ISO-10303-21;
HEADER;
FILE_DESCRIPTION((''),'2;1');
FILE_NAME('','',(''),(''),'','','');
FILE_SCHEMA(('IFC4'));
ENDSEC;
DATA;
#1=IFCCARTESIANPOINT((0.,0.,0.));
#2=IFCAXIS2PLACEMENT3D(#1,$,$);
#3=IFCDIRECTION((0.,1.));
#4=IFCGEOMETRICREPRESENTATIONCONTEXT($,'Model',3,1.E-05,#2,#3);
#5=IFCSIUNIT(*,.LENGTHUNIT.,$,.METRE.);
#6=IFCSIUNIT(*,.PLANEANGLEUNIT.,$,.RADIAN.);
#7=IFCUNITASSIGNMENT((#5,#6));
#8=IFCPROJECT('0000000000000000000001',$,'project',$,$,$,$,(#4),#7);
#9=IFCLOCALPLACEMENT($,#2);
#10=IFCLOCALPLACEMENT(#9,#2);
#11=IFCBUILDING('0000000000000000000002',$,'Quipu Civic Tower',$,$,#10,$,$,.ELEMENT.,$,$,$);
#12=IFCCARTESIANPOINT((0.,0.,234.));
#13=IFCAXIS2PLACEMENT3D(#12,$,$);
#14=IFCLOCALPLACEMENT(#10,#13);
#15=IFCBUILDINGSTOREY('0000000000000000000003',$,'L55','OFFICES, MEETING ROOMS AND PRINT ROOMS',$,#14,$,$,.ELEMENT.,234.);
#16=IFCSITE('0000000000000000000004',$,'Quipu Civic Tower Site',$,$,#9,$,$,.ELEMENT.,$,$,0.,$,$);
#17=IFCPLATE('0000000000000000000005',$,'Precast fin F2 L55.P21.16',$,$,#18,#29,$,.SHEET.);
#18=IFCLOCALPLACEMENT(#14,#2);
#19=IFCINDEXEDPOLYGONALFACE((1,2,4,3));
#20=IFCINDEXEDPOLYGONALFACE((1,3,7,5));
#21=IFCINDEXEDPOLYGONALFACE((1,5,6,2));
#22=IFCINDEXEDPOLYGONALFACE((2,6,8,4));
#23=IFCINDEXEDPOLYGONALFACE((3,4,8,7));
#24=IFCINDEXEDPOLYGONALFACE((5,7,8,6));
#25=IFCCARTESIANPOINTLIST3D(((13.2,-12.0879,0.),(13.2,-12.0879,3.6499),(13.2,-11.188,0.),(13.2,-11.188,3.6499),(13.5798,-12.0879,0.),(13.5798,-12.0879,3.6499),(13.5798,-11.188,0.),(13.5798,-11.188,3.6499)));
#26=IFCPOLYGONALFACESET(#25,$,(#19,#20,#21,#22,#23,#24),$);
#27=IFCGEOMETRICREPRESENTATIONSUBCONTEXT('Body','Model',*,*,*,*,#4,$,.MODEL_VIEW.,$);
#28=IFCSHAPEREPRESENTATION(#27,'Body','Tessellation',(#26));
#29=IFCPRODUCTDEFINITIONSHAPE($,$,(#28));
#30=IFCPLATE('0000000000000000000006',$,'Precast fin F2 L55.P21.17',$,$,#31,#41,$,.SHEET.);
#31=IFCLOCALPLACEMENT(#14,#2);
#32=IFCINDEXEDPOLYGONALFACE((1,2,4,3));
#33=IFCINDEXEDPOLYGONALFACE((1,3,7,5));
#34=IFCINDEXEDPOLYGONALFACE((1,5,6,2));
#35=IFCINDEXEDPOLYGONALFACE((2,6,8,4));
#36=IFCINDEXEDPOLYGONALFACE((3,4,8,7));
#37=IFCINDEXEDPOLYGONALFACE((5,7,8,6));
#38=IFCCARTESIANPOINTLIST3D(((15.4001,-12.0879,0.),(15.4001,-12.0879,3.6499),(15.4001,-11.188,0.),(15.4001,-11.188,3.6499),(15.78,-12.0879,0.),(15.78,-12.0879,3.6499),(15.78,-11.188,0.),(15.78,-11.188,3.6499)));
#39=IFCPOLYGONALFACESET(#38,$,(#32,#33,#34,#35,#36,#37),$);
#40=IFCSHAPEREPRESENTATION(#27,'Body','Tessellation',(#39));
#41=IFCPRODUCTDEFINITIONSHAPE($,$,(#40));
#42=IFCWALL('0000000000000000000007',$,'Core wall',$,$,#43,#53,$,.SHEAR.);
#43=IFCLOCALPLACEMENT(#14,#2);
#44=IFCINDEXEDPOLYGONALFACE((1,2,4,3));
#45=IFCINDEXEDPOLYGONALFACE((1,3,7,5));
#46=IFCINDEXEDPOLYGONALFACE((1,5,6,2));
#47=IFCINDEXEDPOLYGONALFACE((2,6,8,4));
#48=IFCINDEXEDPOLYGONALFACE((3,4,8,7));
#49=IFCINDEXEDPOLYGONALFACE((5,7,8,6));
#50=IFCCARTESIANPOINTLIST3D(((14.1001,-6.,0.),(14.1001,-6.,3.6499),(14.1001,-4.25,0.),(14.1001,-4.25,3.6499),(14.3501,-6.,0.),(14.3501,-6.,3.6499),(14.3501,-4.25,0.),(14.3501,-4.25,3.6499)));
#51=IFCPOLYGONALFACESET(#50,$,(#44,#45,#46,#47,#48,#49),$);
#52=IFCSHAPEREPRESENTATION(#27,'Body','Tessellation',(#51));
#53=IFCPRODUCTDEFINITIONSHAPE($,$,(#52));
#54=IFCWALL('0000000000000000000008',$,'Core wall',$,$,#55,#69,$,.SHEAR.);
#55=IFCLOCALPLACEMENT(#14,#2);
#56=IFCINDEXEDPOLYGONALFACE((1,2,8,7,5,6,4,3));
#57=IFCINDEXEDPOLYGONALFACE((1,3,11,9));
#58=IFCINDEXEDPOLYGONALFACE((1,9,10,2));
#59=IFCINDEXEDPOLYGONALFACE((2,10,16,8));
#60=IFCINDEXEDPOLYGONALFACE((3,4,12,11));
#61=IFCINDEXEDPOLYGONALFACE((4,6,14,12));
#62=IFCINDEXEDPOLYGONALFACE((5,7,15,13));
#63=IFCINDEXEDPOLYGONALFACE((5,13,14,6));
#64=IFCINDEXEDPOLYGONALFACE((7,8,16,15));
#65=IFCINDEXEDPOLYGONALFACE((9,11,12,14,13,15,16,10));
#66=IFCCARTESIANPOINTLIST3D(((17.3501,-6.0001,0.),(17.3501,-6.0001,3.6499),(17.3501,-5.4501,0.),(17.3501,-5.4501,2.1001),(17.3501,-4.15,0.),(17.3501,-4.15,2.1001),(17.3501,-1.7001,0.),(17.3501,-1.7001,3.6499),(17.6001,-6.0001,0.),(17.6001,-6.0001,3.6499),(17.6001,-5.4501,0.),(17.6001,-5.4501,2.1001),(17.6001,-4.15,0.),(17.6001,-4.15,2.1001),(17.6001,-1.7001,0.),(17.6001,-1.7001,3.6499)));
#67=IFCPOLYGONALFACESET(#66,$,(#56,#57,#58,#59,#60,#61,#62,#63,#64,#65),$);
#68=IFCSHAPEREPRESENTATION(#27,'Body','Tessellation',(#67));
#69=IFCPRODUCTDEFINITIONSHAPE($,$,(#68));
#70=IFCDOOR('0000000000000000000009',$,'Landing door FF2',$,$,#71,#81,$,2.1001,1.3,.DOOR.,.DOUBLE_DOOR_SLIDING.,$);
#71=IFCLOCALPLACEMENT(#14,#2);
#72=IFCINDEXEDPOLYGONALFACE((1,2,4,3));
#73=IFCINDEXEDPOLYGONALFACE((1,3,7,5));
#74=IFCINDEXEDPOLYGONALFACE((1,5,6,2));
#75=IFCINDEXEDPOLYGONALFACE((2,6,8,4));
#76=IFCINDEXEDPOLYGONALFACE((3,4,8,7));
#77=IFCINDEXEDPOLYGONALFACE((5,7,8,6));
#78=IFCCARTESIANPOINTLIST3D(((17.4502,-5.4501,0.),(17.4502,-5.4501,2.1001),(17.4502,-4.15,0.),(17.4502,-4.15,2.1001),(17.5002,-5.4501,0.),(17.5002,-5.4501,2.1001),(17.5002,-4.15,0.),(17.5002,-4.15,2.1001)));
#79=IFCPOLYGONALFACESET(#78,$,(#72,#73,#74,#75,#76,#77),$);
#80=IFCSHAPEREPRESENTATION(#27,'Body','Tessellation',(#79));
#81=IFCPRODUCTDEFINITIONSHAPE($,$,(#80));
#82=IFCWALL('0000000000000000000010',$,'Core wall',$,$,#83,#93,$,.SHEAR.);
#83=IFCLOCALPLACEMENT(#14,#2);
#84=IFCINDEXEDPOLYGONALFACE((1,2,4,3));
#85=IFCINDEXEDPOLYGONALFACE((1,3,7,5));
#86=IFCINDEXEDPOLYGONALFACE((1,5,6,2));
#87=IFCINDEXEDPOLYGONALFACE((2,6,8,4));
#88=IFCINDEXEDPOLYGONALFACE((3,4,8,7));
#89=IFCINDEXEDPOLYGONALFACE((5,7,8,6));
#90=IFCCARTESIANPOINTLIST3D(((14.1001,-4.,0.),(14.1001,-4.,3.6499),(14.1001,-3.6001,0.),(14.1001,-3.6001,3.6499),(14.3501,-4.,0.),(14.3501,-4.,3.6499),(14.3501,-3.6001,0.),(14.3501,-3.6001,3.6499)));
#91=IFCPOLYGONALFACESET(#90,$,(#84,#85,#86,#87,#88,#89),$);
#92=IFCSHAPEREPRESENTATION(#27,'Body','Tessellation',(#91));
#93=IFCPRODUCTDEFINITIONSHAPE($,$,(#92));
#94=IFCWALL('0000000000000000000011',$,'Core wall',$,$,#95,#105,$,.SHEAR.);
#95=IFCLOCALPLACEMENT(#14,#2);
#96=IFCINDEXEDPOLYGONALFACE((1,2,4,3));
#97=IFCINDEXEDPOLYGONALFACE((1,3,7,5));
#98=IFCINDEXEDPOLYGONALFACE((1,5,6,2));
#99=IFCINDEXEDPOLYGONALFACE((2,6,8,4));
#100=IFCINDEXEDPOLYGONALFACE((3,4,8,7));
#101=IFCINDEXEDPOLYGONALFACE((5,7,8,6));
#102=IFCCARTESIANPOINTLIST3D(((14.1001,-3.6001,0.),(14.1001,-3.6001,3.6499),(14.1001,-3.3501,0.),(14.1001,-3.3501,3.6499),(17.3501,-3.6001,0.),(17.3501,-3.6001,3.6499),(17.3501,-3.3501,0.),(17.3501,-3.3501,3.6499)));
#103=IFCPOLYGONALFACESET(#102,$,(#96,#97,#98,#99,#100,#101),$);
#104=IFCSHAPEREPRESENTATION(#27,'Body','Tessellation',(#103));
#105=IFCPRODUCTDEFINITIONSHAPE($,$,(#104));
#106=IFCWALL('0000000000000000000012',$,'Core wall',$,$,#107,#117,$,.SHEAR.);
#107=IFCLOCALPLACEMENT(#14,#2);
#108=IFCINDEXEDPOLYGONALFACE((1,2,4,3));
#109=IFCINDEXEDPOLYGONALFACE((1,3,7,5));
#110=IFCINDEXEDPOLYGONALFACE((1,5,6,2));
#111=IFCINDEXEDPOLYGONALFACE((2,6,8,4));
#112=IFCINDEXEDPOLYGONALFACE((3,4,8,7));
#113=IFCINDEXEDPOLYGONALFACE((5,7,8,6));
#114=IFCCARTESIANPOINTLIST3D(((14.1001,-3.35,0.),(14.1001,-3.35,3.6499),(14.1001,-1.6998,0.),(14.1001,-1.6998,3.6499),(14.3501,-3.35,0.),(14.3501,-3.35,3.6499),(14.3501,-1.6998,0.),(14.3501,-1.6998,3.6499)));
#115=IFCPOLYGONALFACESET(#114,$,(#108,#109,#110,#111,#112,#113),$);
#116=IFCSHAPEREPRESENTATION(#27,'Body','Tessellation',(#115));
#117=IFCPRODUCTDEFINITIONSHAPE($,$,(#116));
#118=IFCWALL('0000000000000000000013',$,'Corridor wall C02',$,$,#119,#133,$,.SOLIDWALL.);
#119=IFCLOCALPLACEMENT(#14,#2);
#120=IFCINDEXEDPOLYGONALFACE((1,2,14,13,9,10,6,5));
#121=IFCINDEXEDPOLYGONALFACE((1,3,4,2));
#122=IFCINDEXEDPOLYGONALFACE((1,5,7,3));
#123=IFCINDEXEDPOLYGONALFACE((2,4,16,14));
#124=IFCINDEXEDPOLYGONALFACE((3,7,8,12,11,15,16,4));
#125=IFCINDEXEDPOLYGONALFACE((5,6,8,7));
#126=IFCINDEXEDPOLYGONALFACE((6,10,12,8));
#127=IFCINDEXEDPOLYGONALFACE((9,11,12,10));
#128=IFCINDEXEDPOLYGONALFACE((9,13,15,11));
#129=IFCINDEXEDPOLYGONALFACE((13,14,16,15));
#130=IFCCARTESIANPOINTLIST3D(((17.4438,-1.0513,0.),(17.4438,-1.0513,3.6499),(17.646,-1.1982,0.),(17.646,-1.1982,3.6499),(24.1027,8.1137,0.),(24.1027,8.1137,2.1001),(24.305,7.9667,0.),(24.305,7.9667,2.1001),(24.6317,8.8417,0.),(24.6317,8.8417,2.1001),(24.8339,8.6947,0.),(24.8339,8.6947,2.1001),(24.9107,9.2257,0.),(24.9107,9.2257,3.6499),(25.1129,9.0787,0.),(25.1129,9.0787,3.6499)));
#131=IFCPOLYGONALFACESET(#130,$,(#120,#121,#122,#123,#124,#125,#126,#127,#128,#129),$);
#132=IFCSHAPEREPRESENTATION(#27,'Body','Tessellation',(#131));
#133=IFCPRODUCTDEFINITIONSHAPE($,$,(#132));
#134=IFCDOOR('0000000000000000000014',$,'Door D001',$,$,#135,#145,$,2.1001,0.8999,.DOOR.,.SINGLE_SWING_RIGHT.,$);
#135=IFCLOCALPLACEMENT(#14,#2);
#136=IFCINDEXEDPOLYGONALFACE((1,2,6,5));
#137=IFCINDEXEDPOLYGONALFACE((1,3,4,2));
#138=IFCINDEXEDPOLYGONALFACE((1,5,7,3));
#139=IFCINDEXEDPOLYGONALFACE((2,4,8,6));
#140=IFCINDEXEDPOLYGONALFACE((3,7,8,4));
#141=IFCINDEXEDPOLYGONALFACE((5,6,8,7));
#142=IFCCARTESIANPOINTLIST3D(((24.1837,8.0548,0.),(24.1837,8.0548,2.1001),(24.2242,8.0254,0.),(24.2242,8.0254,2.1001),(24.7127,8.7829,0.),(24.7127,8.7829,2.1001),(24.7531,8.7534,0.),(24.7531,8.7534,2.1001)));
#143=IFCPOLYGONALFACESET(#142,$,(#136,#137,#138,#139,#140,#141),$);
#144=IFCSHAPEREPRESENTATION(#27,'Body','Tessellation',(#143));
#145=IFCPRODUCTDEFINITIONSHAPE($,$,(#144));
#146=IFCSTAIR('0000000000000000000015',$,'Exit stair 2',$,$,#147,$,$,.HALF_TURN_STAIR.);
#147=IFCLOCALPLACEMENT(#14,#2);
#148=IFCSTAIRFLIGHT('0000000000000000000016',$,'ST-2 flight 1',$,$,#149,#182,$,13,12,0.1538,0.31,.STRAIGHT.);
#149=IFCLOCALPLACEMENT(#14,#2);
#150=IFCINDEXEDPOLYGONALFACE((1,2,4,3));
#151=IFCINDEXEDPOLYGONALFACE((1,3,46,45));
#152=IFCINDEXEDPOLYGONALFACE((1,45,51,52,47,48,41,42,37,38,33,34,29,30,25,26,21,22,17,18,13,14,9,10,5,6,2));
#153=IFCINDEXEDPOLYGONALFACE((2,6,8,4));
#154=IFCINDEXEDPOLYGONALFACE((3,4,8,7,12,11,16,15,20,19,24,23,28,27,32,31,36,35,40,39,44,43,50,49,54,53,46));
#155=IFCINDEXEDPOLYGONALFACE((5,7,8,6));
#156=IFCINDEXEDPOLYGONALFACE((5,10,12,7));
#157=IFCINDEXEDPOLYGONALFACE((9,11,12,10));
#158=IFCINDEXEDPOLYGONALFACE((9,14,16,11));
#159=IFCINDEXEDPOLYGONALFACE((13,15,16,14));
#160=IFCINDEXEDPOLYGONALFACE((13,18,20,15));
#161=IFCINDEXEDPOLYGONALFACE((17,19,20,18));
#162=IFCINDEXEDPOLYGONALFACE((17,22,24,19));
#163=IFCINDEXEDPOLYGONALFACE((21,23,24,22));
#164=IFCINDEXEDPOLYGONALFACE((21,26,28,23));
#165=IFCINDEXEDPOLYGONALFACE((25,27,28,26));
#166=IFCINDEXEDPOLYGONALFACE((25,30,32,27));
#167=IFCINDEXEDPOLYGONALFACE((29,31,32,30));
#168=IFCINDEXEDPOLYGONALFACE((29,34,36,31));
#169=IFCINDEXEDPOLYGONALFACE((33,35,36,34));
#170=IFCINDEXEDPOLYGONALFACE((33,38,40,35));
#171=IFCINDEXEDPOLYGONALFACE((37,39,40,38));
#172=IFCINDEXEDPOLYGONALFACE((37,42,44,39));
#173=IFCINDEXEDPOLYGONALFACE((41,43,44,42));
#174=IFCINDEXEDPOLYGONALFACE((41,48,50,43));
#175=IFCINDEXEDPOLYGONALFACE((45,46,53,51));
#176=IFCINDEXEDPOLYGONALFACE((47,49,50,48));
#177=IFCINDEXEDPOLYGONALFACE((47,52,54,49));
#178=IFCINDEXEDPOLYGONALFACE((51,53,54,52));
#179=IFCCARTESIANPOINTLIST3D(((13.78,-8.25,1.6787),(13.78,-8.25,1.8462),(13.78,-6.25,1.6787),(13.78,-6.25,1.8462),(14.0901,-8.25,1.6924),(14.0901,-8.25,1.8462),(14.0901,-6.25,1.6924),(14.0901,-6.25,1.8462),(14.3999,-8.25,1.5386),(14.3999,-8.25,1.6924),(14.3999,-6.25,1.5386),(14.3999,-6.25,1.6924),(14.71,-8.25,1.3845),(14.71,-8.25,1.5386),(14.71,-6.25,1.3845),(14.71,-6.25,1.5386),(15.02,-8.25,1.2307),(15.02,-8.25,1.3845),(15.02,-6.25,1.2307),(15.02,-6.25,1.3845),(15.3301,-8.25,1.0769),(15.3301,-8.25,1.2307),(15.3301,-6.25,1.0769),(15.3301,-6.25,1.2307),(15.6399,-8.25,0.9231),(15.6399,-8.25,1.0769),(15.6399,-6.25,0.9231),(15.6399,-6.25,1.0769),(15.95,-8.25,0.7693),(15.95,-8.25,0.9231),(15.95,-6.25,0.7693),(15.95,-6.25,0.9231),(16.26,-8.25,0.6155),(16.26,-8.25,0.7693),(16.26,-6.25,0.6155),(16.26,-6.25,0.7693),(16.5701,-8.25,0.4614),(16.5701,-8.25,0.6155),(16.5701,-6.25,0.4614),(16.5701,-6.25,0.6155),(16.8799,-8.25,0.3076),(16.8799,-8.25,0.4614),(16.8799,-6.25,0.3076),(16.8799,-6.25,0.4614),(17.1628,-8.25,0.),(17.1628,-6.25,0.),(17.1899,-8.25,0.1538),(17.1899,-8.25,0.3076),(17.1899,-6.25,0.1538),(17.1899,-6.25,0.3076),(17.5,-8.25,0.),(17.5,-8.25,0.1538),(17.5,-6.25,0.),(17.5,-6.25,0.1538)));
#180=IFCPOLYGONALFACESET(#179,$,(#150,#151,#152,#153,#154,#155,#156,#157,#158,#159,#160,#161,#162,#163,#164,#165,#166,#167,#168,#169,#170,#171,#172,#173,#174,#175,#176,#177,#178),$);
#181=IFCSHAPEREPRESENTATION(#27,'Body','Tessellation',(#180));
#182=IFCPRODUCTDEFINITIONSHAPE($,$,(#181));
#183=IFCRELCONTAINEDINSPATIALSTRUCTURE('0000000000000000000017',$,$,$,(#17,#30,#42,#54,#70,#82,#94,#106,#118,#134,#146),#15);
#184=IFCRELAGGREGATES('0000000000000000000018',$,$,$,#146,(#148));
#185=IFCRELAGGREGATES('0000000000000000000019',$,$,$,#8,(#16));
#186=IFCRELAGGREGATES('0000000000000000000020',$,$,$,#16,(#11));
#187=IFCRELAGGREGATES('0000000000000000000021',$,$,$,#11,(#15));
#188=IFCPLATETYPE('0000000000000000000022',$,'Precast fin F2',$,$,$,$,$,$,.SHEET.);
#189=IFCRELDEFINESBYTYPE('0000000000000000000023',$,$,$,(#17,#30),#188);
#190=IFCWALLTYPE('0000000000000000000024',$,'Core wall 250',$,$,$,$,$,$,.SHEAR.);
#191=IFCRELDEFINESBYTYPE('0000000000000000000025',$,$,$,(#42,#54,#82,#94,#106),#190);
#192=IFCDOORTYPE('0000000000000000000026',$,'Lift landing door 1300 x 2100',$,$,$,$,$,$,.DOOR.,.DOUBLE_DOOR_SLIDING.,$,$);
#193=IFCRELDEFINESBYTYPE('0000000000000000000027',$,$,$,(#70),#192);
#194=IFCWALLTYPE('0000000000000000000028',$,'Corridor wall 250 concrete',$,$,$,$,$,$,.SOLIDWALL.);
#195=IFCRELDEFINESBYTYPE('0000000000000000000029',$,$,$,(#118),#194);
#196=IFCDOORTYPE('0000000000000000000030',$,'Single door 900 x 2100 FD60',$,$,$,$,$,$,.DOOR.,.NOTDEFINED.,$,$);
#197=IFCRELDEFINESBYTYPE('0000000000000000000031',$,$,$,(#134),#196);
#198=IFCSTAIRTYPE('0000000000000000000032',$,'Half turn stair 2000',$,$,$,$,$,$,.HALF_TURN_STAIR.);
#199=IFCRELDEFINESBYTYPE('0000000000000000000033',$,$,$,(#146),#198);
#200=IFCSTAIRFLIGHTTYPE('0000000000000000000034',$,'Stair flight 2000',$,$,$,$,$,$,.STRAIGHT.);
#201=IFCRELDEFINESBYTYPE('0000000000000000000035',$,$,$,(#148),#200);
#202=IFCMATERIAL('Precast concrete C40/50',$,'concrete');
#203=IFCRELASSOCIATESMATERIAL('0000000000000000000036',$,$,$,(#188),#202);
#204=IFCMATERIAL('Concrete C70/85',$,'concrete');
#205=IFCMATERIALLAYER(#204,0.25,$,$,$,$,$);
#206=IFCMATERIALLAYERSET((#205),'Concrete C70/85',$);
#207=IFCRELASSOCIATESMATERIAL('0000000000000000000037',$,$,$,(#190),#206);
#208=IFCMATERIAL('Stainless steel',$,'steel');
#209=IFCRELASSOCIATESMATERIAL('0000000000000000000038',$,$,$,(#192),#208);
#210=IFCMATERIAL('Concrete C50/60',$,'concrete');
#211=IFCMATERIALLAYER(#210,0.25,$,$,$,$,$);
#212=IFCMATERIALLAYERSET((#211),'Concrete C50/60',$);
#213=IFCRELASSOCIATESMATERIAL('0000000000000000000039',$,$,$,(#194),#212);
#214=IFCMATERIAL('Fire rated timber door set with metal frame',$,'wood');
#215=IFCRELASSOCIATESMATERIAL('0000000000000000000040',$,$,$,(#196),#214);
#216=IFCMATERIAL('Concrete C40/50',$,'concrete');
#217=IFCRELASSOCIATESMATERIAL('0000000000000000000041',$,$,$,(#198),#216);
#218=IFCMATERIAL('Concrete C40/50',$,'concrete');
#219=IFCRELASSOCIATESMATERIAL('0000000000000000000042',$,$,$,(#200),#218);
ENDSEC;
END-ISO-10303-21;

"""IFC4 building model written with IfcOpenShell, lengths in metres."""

from ifc_helpers import new_model, si_unit, direction, frame, frame_2d, origin, origin_2d, place, context, subcontext, project, spatial, polyline, rectangle, outline, extrude, material, layer, layer_set, type_object, element, fill, aggregate, save


model = new_model("IFC4")

# Units and contexts
model_context = context("Model", 3, precision=1e-05, world=origin(), true_north=direction((0.0, 1.0)))
body_context = subcontext(model_context, "Body", "Model", "MODEL_VIEW")
ifc_project = project(units=[si_unit("LENGTHUNIT", "METRE"), si_unit("PLANEANGLEUNIT", "RADIAN")], contexts=[model_context])

# Site, building, storey
site_placement = place(None, origin())
site = spatial("IfcSite", under=ifc_project, at=site_placement, Name="Quipu Civic Tower Site", CompositionType="ELEMENT", RefElevation=0.0)
building_placement = place(site_placement, origin())
building = spatial("IfcBuilding", under=site, at=building_placement, Name="Quipu Civic Tower", CompositionType="ELEMENT")
storey_placement = place(building_placement, frame((0.0, 0.0, 234.0)))
storey = spatial("IfcBuildingStorey", under=building, at=storey_placement, Name="L55", Description="OFFICES, MEETING ROOMS AND PRINT ROOMS", CompositionType="ELEMENT", Elevation=234.0)

# Plates
ifc_material_1 = material(Name="Precast concrete C40/50", Category="concrete")
plate_type = type_object("IfcPlateType", Name="Precast fin F2", PredefinedType="SHEET", material=ifc_material_1)
for number, where, z_axis, x_axis, name in (
    (1, (13.3899, -11.6379, 0.0), (0.0, 0.0, 1.0), (1.0, 0.0, 0.0), "Precast fin F2 L55.P21.16"),
    (2, (15.5901, -11.6379, 0.0), (0.0, 0.0, 1.0), (1.0, 0.0, 0.0), "Precast fin F2 L55.P21.17"),
):
    element("IfcPlate", number, at=place(storey_placement, frame(where, z_axis=z_axis, x_axis=x_axis)), inside=storey, type_object=plate_type, Name=name, PredefinedType="SHEET", context=body_context, shape_type="SweptSolid", body=[
        extrude(rectangle(XDim=0.3799, YDim=0.8999, at=origin_2d()), origin(), (0.0, 0.0, 1.0), 3.6499),
    ])

# Wall
ifc_material_2 = material(Name="Concrete C70/85", Category="concrete")
ifc_layer_1 = layer(ifc_material_2, 0.25)
ifc_layer_set_1 = layer_set([ifc_layer_1], Name="Concrete C70/85")
wall_type_1 = type_object("IfcWallType", Name="Core wall 250", PredefinedType="SHEAR", material=ifc_layer_set_1)
wall_1_placement = place(storey_placement, frame((14.2251, -6.0, 0.0), z_axis=(0.0, 0.0, 1.0), x_axis=(0.0, 1.0, 0.0)))
element("IfcWall", 3, at=wall_1_placement, inside=storey, type_object=wall_type_1, Name="Core wall", PredefinedType="SHEAR", context=body_context, shape_type="SweptSolid", body=[
    extrude(rectangle(XDim=1.75, YDim=0.25, at=frame_2d((0.875, 0.0))), origin(), (0.0, 0.0, 1.0), 3.6499),
])

# Wall, opening, door
wall_2_placement = place(storey_placement, frame((17.4751, -6.0, 0.0), z_axis=(0.0, 0.0, 1.0), x_axis=(0.0, 1.0, 0.0)))
wall_2 = element("IfcWall", 4, at=wall_2_placement, inside=storey, type_object=wall_type_1, Name="Core wall", PredefinedType="SHEAR", context=body_context, shape_type="SweptSolid", body=[
    extrude(rectangle(XDim=4.3, YDim=0.25, at=frame_2d((2.1499, 0.0))), origin(), (0.0, 0.0, 1.0), 3.6499),
])
opening_1_placement = place(wall_2_placement, frame((0.55, 0.0, 0.0)))
opening_1 = element("IfcOpeningElement", 5, at=opening_1_placement, cuts=wall_2, PredefinedType="OPENING", context=body_context, shape_type="SweptSolid", body=[
    extrude(rectangle(XDim=1.3, YDim=2.1001, at=frame_2d((0.6499, 1.05))), frame((0.0, 0.135, 0.0), z_axis=(0.0, -1.0, 0.0), x_axis=(1.0, 0.0, 0.0)), (0.0, 0.0, 1.0), 0.27),
])
ifc_material_3 = material(Name="Stainless steel", Category="steel")
door_type_1 = type_object("IfcDoorType", Name="Lift landing door 1300 x 2100", OperationType="DOUBLE_DOOR_SLIDING", PredefinedType="DOOR", material=ifc_material_3)
door_1_placement = place(opening_1_placement, origin())
door_1 = element("IfcDoor", 6, at=door_1_placement, inside=storey, type_object=door_type_1, Name="Landing door FF2", OperationType="DOUBLE_DOOR_SLIDING", OverallHeight=2.1001, OverallWidth=1.3, PredefinedType="DOOR", context=body_context, shape_type="SweptSolid", body=[
    extrude(rectangle(XDim=1.3, YDim=2.1001, at=frame_2d((0.6499, 1.05))), frame((0.0, 0.0249, 0.0), z_axis=(0.0, -1.0, 0.0), x_axis=(1.0, 0.0, 0.0)), (0.0, 0.0, 1.0), 0.05),
])
fill(opening_1, door_1)

# Walls
wall_3_placement = place(storey_placement, frame((14.2251, -4.0, 0.0), z_axis=(0.0, 0.0, 1.0), x_axis=(0.0, 1.0, 0.0)))
element("IfcWall", 7, at=wall_3_placement, inside=storey, type_object=wall_type_1, Name="Core wall", PredefinedType="SHEAR", context=body_context, shape_type="SweptSolid", body=[
    extrude(rectangle(XDim=0.3999, YDim=0.25, at=frame_2d((0.2, 0.0))), origin(), (0.0, 0.0, 1.0), 3.6499),
])
wall_4_placement = place(storey_placement, frame((14.1001, -3.4751, 0.0), z_axis=(0.0, 0.0, 1.0), x_axis=(1.0, 0.0, 0.0)))
element("IfcWall", 8, at=wall_4_placement, inside=storey, type_object=wall_type_1, Name="Core wall", PredefinedType="SHEAR", context=body_context, shape_type="SweptSolid", body=[
    extrude(rectangle(XDim=3.25, YDim=0.25, at=frame_2d((1.625, 0.0))), origin(), (0.0, 0.0, 1.0), 3.6499),
])
wall_5_placement = place(storey_placement, frame((14.2251, -3.3501, 0.0), z_axis=(0.0, 0.0, 1.0), x_axis=(0.0, 1.0, 0.0)))
element("IfcWall", 9, at=wall_5_placement, inside=storey, type_object=wall_type_1, Name="Core wall", PredefinedType="SHEAR", context=body_context, shape_type="SweptSolid", body=[
    extrude(rectangle(XDim=1.6501, YDim=0.25, at=frame_2d((0.8252, 0.0))), origin(), (0.0, 0.0, 1.0), 3.6499),
])

# Wall, opening, door
ifc_material_4 = material(Name="Concrete C50/60", Category="concrete")
ifc_layer_2 = layer(ifc_material_4, 0.25)
ifc_layer_set_2 = layer_set([ifc_layer_2], Name="Concrete C50/60")
wall_type_2 = type_object("IfcWallType", Name="Corridor wall 250 concrete", PredefinedType="SOLIDWALL", material=ifc_layer_set_2)
wall_6_placement = place(storey_placement, frame((17.5449, -1.1248, 0.0), z_axis=(0.0, 0.0, 1.0), x_axis=(0.587797, 0.809009, 0.0)))
wall_6 = element("IfcWall", 10, at=wall_6_placement, inside=storey, type_object=wall_type_2, Name="Corridor wall C02", PredefinedType="SOLIDWALL", context=body_context, shape_type="SweptSolid", body=[
    extrude(rectangle(XDim=12.7031, YDim=0.25, at=frame_2d((6.3516, 0.0))), origin(), (0.0, 0.0, 1.0), 3.6499),
])
opening_2_placement = place(wall_6_placement, frame((11.3286, 0.0, 0.0)))
opening_2 = element("IfcOpeningElement", 11, at=opening_2_placement, cuts=wall_6, PredefinedType="OPENING", context=body_context, shape_type="SweptSolid", body=[
    extrude(rectangle(XDim=0.8999, YDim=2.1001, at=frame_2d((0.45, 1.05))), frame((0.0, 0.135, 0.0), z_axis=(0.0, -1.0, 0.0), x_axis=(1.0, 0.0, 0.0)), (0.0, 0.0, 1.0), 0.27),
])
ifc_material_5 = material(Name="Fire rated timber door set with metal frame", Category="wood")
door_type_2 = type_object("IfcDoorType", Name="Single door 900 x 2100 FD60", OperationType="NOTDEFINED", PredefinedType="DOOR", material=ifc_material_5)
door_2_placement = place(opening_2_placement, origin())
door_2 = element("IfcDoor", 12, at=door_2_placement, inside=storey, type_object=door_type_2, Name="Door D001", OperationType="SINGLE_SWING_RIGHT", OverallHeight=2.1001, OverallWidth=0.8999, PredefinedType="DOOR", context=body_context, shape_type="SweptSolid", body=[
    extrude(rectangle(XDim=0.8999, YDim=2.1001, at=frame_2d((0.45, 1.05))), frame((0.0, 0.0249, 0.0), z_axis=(0.0, -1.0, 0.0), x_axis=(1.0, 0.0, 0.0)), (0.0, 0.0, 1.0), 0.05),
])
fill(opening_2, door_2)

# Stair, stair flight
ifc_material_6 = material(Name="Concrete C40/50", Category="concrete")
stair_type = type_object("IfcStairType", Name="Half turn stair 2000", PredefinedType="HALF_TURN_STAIR", material=ifc_material_6)
stair_placement = place(storey_placement, origin())
stair = element("IfcStair", 13, at=stair_placement, inside=storey, type_object=stair_type, Name="Exit stair 2", PredefinedType="HALF_TURN_STAIR")
ifc_material_7 = material(Name="Concrete C40/50", Category="concrete")
stair_flight_type = type_object("IfcStairFlightType", Name="Stair flight 2000", PredefinedType="STRAIGHT", material=ifc_material_7)
stair_flight_1_placement = place(storey_placement, frame((17.5, -7.25, 0.0), z_axis=(0.0, 0.0, 1.0), x_axis=(-1.0, 0.0, 0.0)))
stair_flight_1 = element("IfcStairFlight", 14, at=stair_flight_1_placement, type_object=stair_flight_type, Name="ST-2 flight 1", NumberOfRisers=13, NumberOfTreads=12, PredefinedType="STRAIGHT", RiserHeight=0.1538, TreadLength=0.31, context=body_context, shape_type="SweptSolid", body=[
    extrude(outline(polyline([(0.0, 0.0), (0.0, 0.1538), (0.3101, 0.1538), (0.3101, 0.3076), (0.6201, 0.3076), (0.6201, 0.4614), (0.9299, 0.4614), (0.9299, 0.6155), (1.24, 0.6155), (1.24, 0.7693), (1.55, 0.7693), (1.55, 0.9231), (1.8601, 0.9231), (1.8601, 1.0769), (2.1699, 1.0769), (2.1699, 1.2307), (2.48, 1.2307), (2.48, 1.3845), (2.79, 1.3845), (2.79, 1.5386), (3.1001, 1.5386), (3.1001, 1.6924), (3.4099, 1.6924), (3.4099, 1.8462), (3.72, 1.8462), (3.72, 2.0), (3.72, 1.6787), (0.3372, 0.0), (0.0, 0.0)])), frame((0.0, 1.0, 0.0), z_axis=(0.0, -1.0, 0.0), x_axis=(1.0, 0.0, 0.0)), (0.0, 0.0, 1.0), 2.0),
])
aggregate(stair, [stair_flight_1])

save(model, "model.ifc")
